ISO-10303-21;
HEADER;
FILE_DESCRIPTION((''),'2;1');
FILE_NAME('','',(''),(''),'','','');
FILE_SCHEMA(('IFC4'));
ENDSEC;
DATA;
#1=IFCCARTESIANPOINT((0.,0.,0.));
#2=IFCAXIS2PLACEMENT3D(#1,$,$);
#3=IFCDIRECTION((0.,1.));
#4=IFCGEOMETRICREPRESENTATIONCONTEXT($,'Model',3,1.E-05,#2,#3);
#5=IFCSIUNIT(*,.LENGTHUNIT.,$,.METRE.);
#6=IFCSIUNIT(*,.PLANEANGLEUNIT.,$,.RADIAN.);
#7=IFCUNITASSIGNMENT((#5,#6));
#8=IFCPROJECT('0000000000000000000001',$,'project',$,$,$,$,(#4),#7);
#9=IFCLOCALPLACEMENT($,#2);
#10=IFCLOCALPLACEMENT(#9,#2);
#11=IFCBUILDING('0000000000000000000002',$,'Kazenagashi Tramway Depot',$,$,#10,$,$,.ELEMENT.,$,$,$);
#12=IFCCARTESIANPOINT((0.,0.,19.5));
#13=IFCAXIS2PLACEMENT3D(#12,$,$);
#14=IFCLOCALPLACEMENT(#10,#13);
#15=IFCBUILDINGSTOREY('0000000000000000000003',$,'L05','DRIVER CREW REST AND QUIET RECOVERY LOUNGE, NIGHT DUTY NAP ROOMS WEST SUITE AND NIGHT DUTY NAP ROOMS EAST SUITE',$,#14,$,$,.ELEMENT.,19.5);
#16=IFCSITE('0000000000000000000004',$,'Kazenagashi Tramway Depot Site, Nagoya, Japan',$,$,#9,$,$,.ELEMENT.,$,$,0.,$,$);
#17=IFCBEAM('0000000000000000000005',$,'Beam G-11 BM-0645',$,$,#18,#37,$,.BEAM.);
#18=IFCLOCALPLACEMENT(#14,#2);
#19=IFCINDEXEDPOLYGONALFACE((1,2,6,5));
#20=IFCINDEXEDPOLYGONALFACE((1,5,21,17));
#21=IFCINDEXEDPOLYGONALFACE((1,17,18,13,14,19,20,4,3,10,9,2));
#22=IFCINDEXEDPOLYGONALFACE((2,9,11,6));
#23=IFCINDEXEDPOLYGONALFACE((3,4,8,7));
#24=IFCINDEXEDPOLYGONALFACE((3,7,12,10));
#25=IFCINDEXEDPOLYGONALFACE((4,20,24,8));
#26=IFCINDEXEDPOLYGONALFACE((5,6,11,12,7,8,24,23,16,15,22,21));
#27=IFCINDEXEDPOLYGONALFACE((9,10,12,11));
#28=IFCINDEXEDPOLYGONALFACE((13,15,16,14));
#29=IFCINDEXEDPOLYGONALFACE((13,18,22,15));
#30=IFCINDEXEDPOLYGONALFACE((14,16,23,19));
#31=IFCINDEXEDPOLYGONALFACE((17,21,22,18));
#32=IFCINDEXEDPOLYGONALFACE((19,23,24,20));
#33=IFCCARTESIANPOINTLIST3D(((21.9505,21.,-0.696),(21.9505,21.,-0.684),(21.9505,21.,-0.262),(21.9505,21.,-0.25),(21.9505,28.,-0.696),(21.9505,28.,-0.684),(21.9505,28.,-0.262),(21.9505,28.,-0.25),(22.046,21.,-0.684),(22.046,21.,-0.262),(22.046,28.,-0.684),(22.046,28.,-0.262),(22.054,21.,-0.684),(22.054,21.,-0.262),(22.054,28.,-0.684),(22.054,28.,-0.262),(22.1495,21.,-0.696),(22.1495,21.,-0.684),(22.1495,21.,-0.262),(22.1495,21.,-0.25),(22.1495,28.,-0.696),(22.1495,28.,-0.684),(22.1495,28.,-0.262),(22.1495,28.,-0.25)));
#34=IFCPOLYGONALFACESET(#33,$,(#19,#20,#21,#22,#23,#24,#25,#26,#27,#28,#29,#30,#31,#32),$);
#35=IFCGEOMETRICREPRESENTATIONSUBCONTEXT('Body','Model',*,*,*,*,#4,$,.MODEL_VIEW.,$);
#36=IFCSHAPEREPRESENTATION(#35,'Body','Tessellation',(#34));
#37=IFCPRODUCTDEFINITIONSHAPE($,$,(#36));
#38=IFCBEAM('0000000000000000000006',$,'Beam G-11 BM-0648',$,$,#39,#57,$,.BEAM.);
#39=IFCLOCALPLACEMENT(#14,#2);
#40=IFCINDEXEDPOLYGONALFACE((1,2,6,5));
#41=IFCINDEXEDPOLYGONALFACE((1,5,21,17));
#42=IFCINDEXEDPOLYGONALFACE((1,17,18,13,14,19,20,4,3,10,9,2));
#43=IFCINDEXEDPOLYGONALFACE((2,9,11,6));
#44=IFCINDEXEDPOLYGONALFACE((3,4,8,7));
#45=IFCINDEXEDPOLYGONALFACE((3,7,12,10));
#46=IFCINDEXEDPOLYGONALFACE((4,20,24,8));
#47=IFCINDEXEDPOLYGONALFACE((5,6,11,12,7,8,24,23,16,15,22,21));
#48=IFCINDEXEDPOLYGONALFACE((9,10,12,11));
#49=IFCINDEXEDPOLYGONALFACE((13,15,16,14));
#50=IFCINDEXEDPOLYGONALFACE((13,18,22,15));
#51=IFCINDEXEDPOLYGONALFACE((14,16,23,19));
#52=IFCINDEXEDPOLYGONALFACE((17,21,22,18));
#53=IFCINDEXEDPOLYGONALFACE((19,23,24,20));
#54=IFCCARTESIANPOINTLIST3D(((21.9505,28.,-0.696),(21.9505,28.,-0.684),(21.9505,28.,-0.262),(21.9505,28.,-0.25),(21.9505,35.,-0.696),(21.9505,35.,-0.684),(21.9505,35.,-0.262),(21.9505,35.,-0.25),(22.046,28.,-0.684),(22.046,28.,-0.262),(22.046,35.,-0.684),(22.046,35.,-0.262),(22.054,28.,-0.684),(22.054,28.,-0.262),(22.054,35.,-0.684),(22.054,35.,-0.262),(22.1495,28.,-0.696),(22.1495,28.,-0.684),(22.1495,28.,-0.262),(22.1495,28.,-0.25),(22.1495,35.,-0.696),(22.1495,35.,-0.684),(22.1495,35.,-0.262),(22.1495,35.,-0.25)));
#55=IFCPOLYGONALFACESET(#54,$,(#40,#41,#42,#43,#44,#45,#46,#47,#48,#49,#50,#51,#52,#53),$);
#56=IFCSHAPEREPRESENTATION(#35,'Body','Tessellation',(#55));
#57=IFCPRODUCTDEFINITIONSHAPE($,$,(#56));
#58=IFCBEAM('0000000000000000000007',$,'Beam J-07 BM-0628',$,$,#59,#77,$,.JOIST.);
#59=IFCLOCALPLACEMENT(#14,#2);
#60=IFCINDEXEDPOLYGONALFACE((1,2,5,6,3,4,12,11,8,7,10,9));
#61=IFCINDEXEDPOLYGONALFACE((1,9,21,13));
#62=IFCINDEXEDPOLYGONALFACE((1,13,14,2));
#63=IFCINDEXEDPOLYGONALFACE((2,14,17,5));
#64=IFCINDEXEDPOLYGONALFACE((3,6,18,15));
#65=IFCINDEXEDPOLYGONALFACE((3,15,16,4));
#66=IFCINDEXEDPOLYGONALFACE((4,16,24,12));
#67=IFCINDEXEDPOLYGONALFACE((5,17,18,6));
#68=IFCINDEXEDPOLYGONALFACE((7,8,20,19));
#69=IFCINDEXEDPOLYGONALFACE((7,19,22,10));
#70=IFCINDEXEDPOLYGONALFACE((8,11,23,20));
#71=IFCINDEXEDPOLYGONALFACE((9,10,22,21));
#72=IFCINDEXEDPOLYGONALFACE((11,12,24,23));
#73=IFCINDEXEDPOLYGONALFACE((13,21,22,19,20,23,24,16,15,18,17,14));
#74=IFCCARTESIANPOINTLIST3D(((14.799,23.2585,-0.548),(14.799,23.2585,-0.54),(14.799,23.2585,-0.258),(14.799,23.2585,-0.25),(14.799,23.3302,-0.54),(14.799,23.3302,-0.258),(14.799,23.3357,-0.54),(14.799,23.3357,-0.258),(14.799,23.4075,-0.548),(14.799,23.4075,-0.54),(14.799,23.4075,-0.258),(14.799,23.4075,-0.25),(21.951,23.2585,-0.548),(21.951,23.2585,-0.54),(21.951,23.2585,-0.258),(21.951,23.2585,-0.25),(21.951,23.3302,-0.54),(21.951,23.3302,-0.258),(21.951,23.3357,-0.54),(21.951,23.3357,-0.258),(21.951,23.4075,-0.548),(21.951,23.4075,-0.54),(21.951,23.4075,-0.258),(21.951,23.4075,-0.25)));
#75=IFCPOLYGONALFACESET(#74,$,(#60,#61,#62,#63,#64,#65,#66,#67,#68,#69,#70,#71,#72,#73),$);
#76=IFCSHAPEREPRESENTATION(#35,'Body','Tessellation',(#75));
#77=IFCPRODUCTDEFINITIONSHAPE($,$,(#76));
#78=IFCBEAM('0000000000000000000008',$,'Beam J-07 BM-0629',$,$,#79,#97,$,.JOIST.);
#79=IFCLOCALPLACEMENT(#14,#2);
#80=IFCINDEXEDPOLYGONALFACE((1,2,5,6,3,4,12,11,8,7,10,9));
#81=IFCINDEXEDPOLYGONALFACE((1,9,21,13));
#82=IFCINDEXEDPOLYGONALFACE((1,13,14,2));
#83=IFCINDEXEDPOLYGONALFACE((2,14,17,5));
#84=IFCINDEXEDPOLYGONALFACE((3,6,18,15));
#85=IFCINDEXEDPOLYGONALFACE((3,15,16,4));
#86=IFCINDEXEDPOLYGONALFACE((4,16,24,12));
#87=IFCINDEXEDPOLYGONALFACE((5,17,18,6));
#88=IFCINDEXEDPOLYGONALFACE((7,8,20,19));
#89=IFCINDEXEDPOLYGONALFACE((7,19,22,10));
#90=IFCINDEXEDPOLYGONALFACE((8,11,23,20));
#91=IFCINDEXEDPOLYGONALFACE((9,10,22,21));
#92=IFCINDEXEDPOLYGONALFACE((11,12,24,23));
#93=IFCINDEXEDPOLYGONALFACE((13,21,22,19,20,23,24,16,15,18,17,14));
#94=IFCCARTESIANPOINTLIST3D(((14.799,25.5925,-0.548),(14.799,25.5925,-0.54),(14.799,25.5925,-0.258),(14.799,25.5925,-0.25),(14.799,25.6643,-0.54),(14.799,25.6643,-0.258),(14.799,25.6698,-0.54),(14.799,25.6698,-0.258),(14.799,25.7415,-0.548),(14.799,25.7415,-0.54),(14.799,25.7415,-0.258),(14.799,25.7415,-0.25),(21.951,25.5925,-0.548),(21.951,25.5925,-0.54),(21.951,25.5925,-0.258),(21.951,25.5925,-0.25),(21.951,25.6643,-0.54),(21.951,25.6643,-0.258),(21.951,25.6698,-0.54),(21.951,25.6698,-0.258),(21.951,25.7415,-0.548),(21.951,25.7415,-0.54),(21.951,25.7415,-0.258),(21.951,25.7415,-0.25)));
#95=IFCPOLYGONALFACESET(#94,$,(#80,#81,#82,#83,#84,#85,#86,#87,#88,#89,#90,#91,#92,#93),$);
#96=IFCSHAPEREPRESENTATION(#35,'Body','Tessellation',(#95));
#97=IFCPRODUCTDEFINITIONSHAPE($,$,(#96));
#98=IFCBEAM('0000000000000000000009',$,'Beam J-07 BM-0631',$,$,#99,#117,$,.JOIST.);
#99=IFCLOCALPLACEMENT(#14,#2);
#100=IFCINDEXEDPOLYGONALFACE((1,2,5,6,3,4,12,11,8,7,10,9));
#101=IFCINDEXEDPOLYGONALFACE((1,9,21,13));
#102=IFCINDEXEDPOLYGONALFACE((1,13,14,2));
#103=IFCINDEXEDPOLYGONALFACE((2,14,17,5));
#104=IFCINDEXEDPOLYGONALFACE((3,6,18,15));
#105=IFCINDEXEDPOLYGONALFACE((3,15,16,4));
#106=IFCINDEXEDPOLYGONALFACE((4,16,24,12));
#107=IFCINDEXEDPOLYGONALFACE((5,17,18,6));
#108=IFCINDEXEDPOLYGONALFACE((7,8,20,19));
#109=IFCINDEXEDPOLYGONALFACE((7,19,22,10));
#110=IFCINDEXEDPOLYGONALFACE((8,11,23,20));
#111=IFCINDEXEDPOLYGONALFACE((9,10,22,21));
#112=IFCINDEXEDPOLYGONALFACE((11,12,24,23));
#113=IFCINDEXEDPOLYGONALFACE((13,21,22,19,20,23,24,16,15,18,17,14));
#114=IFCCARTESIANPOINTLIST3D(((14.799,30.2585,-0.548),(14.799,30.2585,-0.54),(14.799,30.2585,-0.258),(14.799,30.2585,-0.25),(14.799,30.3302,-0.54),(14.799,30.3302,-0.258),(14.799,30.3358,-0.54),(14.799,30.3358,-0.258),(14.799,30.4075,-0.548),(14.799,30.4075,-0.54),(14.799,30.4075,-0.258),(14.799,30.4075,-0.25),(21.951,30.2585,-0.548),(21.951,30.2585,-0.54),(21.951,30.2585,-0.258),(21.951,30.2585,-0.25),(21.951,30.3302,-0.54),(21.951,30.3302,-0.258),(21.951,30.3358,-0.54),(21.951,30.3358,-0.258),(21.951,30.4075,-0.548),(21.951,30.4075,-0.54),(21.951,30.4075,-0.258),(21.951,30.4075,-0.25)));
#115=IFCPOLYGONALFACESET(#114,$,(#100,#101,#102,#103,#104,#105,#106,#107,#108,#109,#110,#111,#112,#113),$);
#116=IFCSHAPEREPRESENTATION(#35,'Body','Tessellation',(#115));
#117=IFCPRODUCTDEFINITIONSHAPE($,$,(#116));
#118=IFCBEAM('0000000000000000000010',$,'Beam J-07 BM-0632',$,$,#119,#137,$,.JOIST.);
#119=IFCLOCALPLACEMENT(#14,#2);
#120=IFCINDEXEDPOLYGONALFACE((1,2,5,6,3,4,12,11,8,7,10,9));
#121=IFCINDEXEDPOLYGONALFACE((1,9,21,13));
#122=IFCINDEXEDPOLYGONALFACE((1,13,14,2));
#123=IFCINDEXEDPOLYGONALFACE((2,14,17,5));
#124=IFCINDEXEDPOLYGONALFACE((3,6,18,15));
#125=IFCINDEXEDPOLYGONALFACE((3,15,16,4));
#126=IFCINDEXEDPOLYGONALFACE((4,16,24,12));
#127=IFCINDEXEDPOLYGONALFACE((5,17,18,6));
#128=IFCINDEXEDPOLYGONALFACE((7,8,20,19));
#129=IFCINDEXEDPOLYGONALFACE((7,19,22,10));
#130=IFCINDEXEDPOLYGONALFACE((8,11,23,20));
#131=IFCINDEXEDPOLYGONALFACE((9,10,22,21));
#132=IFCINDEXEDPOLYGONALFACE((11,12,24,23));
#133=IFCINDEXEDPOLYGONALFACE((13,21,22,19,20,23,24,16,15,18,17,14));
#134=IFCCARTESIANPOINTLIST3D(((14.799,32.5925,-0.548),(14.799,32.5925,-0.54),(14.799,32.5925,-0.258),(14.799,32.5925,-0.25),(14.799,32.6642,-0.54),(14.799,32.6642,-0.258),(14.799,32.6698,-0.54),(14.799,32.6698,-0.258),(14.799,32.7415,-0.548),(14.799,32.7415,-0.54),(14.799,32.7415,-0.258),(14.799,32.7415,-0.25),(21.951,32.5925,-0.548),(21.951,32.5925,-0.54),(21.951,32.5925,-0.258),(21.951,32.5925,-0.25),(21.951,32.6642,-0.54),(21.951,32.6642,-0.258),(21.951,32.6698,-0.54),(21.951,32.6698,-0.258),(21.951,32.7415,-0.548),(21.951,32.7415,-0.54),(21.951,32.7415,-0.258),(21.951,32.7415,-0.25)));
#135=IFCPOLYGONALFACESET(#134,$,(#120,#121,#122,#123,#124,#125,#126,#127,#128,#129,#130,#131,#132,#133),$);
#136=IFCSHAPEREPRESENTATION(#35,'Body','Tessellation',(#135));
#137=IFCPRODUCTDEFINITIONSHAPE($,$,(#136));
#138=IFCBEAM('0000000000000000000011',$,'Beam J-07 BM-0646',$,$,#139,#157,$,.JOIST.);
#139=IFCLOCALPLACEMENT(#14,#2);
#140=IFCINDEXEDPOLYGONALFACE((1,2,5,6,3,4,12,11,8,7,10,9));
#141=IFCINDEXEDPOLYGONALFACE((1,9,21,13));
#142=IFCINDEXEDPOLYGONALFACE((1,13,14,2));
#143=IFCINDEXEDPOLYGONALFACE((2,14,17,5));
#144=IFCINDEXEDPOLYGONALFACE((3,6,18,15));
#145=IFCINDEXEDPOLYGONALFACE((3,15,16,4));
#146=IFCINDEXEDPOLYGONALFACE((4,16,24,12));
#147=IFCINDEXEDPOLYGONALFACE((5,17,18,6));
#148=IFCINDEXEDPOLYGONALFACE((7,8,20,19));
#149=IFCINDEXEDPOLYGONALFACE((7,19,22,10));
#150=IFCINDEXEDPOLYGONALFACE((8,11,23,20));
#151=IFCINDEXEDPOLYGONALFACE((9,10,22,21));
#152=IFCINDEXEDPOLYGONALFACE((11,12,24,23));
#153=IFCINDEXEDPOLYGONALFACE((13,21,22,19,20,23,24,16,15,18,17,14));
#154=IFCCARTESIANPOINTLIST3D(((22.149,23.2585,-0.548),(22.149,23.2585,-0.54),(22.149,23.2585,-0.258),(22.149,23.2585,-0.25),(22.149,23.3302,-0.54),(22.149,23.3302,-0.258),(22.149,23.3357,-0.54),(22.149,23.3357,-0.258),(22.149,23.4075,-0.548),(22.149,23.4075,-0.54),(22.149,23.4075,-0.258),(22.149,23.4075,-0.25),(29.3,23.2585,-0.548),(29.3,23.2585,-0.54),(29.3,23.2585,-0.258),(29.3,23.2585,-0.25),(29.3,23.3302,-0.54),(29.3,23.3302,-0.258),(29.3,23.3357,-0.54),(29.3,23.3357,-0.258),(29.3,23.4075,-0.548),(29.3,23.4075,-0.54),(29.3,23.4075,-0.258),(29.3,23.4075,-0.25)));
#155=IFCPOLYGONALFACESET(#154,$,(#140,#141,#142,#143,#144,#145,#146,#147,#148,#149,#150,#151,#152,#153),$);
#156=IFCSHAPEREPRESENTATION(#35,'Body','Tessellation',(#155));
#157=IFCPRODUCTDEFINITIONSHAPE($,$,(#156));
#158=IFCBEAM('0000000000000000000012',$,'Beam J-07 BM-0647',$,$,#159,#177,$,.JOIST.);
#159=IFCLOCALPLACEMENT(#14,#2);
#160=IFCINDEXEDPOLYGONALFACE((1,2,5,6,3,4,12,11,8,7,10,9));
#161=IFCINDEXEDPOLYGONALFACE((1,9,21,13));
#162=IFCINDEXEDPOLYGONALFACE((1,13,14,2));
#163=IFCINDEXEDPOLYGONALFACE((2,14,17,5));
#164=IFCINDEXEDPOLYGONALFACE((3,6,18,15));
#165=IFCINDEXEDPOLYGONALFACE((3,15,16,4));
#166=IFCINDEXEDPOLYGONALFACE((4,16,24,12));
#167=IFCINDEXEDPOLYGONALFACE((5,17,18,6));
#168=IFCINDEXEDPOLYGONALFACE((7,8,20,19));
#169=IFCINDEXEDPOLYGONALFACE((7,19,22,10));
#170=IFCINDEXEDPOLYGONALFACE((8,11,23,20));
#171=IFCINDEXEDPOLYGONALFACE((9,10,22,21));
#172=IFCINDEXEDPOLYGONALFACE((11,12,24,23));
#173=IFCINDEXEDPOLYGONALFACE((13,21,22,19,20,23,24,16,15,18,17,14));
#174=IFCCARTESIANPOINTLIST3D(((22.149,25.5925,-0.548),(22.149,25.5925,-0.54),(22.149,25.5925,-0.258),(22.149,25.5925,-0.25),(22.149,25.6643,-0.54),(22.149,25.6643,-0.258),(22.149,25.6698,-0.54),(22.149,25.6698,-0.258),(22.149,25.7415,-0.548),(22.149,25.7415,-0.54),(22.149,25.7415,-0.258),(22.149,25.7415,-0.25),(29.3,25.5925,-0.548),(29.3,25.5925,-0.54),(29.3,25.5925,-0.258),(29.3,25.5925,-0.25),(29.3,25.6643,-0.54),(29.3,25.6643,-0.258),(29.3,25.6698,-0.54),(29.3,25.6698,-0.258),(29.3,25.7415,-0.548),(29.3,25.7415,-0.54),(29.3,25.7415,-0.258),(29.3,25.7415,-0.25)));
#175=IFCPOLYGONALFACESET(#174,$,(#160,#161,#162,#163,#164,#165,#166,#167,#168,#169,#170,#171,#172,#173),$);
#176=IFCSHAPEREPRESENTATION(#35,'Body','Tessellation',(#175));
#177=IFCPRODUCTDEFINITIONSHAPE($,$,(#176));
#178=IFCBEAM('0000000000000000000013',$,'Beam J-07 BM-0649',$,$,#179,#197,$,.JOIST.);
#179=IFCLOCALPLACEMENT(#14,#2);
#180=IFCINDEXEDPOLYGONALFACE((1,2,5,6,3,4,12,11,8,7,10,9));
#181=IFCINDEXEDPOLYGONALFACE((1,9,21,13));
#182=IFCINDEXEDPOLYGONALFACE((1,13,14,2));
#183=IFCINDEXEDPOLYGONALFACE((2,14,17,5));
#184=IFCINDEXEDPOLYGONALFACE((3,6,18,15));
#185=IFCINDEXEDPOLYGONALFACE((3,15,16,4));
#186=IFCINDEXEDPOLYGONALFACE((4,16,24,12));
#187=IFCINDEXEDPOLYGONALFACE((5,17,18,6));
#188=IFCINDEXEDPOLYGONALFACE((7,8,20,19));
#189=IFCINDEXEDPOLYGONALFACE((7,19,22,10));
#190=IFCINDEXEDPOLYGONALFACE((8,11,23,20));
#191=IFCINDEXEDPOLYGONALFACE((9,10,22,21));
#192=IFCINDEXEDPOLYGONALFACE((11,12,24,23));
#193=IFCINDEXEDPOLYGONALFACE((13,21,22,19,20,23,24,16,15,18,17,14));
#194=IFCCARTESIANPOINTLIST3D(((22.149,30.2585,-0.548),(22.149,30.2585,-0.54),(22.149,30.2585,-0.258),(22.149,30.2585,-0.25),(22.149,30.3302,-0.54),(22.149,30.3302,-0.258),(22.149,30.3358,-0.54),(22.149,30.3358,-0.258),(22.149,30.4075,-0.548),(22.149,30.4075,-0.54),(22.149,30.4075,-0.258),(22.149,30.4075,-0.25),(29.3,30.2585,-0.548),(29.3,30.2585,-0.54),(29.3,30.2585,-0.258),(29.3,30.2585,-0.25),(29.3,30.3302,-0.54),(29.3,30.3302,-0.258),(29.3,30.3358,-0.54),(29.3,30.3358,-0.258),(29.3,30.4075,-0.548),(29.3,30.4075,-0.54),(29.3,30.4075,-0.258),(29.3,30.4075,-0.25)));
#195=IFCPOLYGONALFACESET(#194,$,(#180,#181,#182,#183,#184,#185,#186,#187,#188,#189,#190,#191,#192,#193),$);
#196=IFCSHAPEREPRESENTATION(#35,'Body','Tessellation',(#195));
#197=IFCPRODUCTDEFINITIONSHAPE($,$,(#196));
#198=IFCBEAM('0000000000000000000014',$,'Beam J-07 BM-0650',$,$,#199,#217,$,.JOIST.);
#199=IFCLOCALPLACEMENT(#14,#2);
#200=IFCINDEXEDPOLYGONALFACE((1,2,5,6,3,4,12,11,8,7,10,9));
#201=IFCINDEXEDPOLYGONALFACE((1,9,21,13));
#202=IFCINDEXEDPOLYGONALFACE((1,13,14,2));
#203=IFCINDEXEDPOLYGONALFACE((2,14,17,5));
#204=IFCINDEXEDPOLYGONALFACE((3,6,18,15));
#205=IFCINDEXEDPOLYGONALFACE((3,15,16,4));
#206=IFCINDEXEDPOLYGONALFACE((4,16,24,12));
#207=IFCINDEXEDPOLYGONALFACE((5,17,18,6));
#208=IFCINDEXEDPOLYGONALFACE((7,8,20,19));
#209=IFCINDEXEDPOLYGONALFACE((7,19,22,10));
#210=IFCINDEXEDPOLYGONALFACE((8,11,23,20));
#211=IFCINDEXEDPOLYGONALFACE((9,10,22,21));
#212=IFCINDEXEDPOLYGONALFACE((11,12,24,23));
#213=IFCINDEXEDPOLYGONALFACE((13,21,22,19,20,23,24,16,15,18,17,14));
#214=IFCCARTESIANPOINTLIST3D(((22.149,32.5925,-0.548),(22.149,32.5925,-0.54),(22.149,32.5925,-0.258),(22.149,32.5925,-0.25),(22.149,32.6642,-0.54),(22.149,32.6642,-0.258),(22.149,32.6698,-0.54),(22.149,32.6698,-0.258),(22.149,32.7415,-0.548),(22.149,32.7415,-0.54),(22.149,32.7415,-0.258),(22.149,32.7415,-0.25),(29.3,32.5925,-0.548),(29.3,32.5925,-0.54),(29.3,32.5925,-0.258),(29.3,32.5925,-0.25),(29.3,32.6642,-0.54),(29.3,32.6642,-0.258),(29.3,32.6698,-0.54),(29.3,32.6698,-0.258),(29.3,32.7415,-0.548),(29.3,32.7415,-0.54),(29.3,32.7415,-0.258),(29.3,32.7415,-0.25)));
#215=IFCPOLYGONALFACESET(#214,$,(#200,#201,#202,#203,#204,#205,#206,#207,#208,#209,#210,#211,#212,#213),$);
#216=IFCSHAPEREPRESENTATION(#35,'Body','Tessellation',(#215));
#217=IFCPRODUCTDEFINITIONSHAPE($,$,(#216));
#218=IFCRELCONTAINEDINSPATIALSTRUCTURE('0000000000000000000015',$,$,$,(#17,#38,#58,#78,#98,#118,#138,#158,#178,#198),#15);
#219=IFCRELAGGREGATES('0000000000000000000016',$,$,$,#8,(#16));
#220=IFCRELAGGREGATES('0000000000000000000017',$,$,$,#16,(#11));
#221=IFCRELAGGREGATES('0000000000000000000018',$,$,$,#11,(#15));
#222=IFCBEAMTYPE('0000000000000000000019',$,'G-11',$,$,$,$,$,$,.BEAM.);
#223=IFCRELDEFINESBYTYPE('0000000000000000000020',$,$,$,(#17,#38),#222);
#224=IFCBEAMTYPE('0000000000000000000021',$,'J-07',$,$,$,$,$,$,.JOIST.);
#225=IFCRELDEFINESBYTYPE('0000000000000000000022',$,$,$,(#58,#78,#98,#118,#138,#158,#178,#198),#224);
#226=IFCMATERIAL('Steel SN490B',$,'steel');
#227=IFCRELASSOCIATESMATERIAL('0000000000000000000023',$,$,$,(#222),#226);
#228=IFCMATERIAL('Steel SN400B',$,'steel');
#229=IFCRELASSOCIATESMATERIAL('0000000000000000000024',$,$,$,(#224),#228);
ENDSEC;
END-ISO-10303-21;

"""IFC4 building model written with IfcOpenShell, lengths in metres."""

from ifc_helpers import new_model, si_unit, direction, frame, origin, origin_2d, place, context, subcontext, project, spatial, i_section, extrude, material, material_profile, profile_set, type_object, element, save


model = new_model("IFC4")

# Units and contexts
model_context = context("Model", 3, precision=1e-05, world=origin(), true_north=direction((0.0, 1.0)))
body_context = subcontext(model_context, "Body", "Model", "MODEL_VIEW")
ifc_project = project(units=[si_unit("LENGTHUNIT", "METRE"), si_unit("PLANEANGLEUNIT", "RADIAN")], contexts=[model_context])

# Site, building, storey
site_placement = place(None, origin())
site = spatial("IfcSite", under=ifc_project, at=site_placement, Name="Kazenagashi Tramway Depot Site, Nagoya, Japan", CompositionType="ELEMENT", RefElevation=0.0)
building_placement = place(site_placement, origin())
building = spatial("IfcBuilding", under=site, at=building_placement, Name="Kazenagashi Tramway Depot", CompositionType="ELEMENT")
storey_placement = place(building_placement, frame((0.0, 0.0, 19.5)))
storey = spatial("IfcBuildingStorey", under=building, at=storey_placement, Name="L05", Description="DRIVER CREW REST AND QUIET RECOVERY LOUNGE, NIGHT DUTY NAP ROOMS WEST SUITE AND NIGHT DUTY NAP ROOMS EAST SUITE", CompositionType="ELEMENT", Elevation=19.5)

# Shared definitions
ifc_material_1 = material(Name="Steel SN400B", Category="steel")

# Beams
ifc_material_2 = material(Name="Steel SN490B", Category="steel")
ifc_material_profile_1 = material_profile(ifc_material_2, i_section(OverallWidth=0.199, OverallDepth=0.446, WebThickness=0.008, FlangeThickness=0.012, at=origin_2d()), Name="H-446x199x8x12")
ifc_profile_set_1 = profile_set([ifc_material_profile_1], Name="Steel SN490B")
beam_type_1 = type_object("IfcBeamType", Name="G-11", PredefinedType="BEAM", material=ifc_profile_set_1)
for number, where, z_axis, x_axis, name in (
    (1, (22.05, 21.0, -0.473), (0.0, 1.0, 0.0), (-1.0, 0.0, 0.0), "Beam G-11 BM-0645"),
    (2, (22.05, 28.0, -0.473), (0.0, 1.0, 0.0), (-1.0, 0.0, 0.0), "Beam G-11 BM-0648"),
):
    element("IfcBeam", number, at=place(storey_placement, frame(where, z_axis=z_axis, x_axis=x_axis)), inside=storey, type_object=beam_type_1, Name=name, PredefinedType="BEAM", context=body_context, shape_type="SweptSolid", body=[
        extrude(i_section(OverallWidth=0.199, OverallDepth=0.446, WebThickness=0.008, FlangeThickness=0.012, at=origin_2d()), origin(), (0.0, 0.0, 1.0), 7.0),
    ])
ifc_material_profile_2 = material_profile(ifc_material_1, i_section(OverallWidth=0.149, OverallDepth=0.298, WebThickness=0.0055, FlangeThickness=0.008, at=origin_2d()), Name="H-298x149x5.5x8")
ifc_profile_set_2 = profile_set([ifc_material_profile_2], Name="Steel SN400B")
beam_type_2 = type_object("IfcBeamType", Name="J-07", PredefinedType="JOIST", material=ifc_profile_set_2)
for number, where, z_axis, x_axis, name in (
    (3, (14.799, 23.333, -0.399), (1.0, 0.0, 0.0), (0.0, 1.0, 0.0), "Beam J-07 BM-0628"),
    (4, (14.799, 25.667, -0.399), (1.0, 0.0, 0.0), (0.0, 1.0, 0.0), "Beam J-07 BM-0629"),
    (5, (14.799, 30.333, -0.399), (1.0, 0.0, 0.0), (0.0, 1.0, 0.0), "Beam J-07 BM-0631"),
    (6, (14.799, 32.667, -0.399), (1.0, 0.0, 0.0), (0.0, 1.0, 0.0), "Beam J-07 BM-0632"),
):
    element("IfcBeam", number, at=place(storey_placement, frame(where, z_axis=z_axis, x_axis=x_axis)), inside=storey, type_object=beam_type_2, Name=name, PredefinedType="JOIST", context=body_context, shape_type="SweptSolid", body=[
        extrude(i_section(OverallWidth=0.149, OverallDepth=0.298, WebThickness=0.0055, FlangeThickness=0.008, at=origin_2d()), origin(), (0.0, 0.0, 1.0), 7.152),
    ])
for number, where, z_axis, x_axis, name in (
    (7, (22.149, 23.333, -0.399), (1.0, 0.0, 0.0), (0.0, 1.0, 0.0), "Beam J-07 BM-0646"),
    (8, (22.149, 25.667, -0.399), (1.0, 0.0, 0.0), (0.0, 1.0, 0.0), "Beam J-07 BM-0647"),
    (9, (22.149, 30.333, -0.399), (1.0, 0.0, 0.0), (0.0, 1.0, 0.0), "Beam J-07 BM-0649"),
    (10, (22.149, 32.667, -0.399), (1.0, 0.0, 0.0), (0.0, 1.0, 0.0), "Beam J-07 BM-0650"),
):
    element("IfcBeam", number, at=place(storey_placement, frame(where, z_axis=z_axis, x_axis=x_axis)), inside=storey, type_object=beam_type_2, Name=name, PredefinedType="JOIST", context=body_context, shape_type="SweptSolid", body=[
        extrude(i_section(OverallWidth=0.149, OverallDepth=0.298, WebThickness=0.0055, FlangeThickness=0.008, at=origin_2d()), origin(), (0.0, 0.0, 1.0), 7.151),
    ])

save(model, "model.ifc")
